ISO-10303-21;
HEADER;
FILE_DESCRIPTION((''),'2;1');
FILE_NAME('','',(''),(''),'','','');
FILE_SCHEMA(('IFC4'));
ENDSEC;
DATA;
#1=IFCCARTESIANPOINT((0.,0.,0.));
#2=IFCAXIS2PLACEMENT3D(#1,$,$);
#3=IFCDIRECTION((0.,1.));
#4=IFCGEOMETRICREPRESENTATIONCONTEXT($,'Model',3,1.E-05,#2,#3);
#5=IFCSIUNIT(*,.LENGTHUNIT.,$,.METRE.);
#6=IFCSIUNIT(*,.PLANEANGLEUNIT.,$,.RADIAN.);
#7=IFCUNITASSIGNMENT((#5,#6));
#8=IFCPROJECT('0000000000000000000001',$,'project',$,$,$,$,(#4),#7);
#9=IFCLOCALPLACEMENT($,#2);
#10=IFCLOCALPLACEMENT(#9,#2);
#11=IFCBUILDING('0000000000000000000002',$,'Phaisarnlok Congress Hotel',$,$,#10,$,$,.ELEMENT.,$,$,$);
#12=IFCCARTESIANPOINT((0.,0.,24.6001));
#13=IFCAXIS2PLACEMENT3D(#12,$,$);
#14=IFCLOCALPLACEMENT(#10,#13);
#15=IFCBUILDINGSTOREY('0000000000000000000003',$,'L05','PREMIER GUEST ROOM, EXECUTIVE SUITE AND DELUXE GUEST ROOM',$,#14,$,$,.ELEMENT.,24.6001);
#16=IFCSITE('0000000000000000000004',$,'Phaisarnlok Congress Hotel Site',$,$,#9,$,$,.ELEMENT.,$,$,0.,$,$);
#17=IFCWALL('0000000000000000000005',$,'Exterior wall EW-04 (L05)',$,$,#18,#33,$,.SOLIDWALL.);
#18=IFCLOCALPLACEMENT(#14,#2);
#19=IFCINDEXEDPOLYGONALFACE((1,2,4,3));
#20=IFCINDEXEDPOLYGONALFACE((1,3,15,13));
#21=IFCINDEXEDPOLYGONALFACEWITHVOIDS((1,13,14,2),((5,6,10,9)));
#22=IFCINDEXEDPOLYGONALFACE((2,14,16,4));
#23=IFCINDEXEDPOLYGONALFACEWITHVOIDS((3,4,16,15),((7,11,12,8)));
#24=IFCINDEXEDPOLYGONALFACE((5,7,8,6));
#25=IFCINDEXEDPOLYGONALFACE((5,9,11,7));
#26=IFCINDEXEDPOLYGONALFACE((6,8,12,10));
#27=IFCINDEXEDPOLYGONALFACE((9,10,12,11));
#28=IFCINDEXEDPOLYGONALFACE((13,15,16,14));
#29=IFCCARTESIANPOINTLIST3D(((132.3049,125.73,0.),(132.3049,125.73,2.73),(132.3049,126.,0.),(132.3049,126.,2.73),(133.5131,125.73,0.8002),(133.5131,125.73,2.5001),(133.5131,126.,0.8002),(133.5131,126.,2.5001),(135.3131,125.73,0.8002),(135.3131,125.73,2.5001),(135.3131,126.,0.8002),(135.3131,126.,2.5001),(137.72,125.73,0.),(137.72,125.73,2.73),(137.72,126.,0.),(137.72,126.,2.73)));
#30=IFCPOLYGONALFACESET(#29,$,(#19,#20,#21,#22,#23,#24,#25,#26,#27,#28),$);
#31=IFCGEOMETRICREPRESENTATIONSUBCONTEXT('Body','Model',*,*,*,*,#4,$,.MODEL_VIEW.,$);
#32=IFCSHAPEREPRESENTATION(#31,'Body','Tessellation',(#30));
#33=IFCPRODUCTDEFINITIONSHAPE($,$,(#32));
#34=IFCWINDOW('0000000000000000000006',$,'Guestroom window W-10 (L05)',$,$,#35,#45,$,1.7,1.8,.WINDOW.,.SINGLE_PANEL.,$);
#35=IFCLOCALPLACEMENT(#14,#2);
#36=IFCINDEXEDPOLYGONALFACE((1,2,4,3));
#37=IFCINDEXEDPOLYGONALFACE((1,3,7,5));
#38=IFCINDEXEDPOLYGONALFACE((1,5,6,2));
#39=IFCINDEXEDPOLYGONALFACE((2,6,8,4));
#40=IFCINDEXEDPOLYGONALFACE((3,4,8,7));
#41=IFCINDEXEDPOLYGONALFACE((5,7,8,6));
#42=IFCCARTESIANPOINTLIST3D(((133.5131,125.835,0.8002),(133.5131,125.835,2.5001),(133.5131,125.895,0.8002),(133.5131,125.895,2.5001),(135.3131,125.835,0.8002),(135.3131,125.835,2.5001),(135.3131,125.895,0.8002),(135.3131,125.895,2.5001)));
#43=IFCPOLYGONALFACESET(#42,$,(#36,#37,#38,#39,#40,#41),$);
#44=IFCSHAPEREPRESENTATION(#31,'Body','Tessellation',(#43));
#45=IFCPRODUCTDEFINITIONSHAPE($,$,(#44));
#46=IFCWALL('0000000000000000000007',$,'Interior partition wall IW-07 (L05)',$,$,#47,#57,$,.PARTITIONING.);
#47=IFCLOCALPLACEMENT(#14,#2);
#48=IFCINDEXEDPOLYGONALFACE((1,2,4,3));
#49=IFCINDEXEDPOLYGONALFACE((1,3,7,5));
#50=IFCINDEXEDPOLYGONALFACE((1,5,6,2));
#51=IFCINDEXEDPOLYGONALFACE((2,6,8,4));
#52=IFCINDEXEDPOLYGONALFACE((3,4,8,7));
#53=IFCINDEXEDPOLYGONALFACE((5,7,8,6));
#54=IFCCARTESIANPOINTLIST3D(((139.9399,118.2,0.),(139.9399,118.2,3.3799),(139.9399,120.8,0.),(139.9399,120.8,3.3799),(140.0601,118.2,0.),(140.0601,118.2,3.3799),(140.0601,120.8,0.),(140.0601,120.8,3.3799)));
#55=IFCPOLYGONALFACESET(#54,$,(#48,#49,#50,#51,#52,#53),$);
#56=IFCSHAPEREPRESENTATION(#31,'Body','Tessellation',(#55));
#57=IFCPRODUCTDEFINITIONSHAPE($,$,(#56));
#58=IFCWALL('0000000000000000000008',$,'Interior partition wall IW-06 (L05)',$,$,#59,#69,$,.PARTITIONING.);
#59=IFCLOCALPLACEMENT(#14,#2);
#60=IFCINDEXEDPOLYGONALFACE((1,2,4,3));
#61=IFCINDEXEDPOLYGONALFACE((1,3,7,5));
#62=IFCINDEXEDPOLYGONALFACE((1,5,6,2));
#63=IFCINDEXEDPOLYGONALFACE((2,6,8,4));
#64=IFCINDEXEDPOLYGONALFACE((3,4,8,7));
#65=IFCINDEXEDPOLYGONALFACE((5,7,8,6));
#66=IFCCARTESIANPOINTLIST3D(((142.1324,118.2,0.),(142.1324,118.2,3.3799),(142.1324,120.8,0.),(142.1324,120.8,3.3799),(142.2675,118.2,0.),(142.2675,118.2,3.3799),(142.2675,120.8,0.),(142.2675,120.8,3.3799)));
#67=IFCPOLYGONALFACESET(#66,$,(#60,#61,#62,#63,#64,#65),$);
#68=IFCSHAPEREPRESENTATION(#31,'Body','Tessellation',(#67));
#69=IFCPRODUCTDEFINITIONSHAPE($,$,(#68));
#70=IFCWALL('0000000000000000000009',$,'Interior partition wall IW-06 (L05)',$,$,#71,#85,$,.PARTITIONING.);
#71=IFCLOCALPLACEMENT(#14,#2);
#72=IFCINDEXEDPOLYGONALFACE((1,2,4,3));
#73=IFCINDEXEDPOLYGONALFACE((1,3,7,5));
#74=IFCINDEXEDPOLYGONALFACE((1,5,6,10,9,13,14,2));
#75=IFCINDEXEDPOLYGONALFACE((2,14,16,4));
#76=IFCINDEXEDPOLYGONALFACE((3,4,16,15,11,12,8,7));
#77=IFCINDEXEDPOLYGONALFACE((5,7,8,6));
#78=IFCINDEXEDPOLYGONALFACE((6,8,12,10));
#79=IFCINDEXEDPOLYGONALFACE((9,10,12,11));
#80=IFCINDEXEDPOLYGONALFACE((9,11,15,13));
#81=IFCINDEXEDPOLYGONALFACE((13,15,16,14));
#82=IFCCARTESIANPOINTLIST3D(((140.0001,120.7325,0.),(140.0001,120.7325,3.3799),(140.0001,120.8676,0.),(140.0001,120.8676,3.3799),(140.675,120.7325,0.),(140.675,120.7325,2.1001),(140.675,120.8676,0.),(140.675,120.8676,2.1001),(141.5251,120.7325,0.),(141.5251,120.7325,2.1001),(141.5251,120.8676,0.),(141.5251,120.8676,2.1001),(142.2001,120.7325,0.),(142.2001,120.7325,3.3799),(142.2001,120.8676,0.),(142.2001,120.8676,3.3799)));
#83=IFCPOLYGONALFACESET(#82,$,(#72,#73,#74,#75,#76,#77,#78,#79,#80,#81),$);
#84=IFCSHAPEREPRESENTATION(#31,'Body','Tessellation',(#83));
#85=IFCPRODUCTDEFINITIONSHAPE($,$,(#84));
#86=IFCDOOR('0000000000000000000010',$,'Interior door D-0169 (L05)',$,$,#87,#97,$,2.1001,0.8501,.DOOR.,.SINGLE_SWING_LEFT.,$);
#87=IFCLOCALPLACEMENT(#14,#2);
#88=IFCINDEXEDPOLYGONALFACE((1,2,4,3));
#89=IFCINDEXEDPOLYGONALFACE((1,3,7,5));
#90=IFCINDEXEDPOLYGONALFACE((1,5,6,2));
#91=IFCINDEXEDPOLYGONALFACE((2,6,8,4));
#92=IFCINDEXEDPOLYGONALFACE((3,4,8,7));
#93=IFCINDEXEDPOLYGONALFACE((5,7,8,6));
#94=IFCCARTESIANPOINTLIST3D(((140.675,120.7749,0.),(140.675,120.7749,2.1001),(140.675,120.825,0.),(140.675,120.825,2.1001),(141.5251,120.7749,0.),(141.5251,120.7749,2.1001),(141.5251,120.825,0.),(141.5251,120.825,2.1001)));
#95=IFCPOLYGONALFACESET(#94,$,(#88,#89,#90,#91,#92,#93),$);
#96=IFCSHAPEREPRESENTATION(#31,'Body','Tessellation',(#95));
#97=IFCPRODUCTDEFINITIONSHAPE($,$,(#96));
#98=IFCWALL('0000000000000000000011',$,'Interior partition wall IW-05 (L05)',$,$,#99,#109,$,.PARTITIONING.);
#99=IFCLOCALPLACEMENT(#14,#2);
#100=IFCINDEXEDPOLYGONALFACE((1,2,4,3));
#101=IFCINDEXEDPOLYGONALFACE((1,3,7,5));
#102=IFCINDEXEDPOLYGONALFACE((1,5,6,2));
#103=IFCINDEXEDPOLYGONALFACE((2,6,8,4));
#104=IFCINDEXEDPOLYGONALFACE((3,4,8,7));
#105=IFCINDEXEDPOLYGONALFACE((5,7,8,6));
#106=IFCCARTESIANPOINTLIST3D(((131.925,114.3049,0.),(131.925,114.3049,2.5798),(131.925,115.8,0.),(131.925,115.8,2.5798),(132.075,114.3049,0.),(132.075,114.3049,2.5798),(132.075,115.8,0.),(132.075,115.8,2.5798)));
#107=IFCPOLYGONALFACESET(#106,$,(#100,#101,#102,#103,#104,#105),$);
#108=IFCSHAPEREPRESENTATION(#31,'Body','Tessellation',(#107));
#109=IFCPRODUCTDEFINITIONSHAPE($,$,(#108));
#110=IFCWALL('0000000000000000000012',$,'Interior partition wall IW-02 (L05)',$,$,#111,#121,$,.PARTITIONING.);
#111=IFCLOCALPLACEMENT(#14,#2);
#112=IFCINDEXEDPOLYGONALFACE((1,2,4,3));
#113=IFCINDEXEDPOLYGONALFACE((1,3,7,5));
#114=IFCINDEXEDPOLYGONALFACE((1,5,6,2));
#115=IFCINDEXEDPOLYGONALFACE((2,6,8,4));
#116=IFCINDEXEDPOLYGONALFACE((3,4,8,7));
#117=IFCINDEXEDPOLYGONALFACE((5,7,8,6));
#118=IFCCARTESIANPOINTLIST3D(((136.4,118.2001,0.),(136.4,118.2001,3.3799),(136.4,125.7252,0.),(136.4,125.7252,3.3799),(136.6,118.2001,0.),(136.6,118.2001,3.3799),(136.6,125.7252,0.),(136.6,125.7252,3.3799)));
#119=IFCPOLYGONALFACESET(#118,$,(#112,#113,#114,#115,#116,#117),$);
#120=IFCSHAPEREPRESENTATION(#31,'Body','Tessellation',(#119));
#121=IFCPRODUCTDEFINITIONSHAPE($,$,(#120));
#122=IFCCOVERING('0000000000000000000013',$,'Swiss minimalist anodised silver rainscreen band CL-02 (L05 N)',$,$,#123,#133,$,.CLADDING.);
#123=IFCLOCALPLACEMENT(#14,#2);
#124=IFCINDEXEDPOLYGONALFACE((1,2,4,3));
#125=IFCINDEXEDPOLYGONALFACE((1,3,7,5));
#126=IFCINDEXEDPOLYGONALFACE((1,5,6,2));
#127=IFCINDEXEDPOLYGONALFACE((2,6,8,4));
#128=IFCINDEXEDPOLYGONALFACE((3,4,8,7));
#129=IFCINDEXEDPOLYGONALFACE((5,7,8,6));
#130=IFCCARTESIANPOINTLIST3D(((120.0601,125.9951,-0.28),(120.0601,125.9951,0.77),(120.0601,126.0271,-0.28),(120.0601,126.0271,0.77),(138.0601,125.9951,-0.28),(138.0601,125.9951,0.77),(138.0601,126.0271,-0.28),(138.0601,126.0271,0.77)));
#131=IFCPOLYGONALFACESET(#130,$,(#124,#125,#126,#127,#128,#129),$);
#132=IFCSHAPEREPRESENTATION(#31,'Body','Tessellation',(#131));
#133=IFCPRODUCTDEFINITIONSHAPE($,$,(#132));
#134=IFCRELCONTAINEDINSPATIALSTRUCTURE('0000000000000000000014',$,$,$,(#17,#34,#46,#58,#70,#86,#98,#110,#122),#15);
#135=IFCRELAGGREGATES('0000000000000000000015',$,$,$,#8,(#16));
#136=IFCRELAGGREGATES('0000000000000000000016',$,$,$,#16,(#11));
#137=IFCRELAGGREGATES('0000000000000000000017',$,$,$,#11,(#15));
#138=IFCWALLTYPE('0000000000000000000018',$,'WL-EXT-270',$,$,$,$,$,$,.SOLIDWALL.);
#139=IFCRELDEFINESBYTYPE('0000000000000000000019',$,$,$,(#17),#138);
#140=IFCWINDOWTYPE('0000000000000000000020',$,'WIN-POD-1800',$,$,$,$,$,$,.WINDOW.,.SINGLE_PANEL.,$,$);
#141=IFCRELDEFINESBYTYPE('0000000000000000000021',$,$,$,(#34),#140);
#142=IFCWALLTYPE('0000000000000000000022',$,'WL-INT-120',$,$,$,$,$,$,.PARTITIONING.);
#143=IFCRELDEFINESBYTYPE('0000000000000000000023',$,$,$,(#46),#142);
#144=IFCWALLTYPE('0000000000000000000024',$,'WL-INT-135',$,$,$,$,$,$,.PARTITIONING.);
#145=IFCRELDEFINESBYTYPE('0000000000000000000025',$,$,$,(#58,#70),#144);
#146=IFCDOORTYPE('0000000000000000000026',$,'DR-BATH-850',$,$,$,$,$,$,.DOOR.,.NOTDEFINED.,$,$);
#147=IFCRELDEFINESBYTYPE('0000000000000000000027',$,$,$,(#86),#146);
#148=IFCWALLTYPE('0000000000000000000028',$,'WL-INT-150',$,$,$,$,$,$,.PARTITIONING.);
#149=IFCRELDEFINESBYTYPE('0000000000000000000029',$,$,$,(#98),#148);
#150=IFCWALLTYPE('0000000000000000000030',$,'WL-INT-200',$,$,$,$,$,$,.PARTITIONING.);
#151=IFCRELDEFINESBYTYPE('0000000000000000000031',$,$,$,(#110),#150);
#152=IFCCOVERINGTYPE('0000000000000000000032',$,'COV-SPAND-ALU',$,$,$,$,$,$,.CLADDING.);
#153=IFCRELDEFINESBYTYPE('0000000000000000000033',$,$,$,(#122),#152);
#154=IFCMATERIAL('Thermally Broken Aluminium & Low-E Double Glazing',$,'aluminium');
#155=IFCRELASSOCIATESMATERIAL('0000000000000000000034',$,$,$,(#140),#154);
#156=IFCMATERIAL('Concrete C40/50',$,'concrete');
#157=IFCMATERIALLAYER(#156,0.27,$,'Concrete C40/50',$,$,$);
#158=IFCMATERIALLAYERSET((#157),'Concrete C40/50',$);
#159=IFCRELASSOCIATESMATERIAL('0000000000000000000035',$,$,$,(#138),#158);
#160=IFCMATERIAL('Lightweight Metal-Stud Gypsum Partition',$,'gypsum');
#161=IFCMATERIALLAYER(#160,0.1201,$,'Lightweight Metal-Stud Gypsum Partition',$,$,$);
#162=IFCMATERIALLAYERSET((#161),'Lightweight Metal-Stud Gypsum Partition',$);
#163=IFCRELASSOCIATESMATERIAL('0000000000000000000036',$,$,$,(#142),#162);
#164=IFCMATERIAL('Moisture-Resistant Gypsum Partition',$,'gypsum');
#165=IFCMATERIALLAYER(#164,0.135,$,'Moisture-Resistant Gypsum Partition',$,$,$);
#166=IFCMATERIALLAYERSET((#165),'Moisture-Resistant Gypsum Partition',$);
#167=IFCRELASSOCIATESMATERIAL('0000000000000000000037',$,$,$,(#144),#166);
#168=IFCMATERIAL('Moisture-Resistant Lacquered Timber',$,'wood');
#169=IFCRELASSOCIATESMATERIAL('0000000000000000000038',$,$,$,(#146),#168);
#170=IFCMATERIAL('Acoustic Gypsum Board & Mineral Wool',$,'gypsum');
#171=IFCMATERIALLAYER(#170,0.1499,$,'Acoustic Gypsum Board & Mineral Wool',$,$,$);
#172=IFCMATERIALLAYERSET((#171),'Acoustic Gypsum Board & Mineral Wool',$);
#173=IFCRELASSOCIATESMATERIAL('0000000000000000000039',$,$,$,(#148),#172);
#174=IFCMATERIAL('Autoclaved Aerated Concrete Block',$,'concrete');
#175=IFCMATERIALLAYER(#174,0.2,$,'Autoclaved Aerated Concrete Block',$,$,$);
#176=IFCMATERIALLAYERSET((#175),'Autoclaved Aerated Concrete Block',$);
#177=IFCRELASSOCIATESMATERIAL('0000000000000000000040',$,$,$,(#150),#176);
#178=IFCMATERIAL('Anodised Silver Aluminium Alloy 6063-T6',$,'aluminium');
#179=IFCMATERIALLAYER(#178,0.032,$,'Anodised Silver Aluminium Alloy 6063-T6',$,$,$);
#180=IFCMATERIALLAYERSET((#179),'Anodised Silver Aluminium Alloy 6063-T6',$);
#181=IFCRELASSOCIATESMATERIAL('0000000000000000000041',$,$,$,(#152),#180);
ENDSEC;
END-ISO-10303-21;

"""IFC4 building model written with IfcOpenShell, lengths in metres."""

from ifc_helpers import new_model, si_unit, direction, frame, frame_2d, origin, place, context, subcontext, project, spatial, polyline, rectangle, outline, extrude, material, layer, layer_set, type_object, element, fill, save


model = new_model("IFC4")

# Units and contexts
model_context = context("Model", 3, precision=1e-05, world=origin(), true_north=direction((0.0, 1.0)))
body_context = subcontext(model_context, "Body", "Model", "MODEL_VIEW")
ifc_project = project(units=[si_unit("LENGTHUNIT", "METRE"), si_unit("PLANEANGLEUNIT", "RADIAN")], contexts=[model_context])

# Site, building, storey
site_placement = place(None, origin())
site = spatial("IfcSite", under=ifc_project, at=site_placement, Name="Phaisarnlok Congress Hotel Site", CompositionType="ELEMENT", RefElevation=0.0)
building_placement = place(site_placement, origin())
building = spatial("IfcBuilding", under=site, at=building_placement, Name="Phaisarnlok Congress Hotel", CompositionType="ELEMENT")
storey_placement = place(building_placement, frame((0.0, 0.0, 24.6001)))
storey = spatial("IfcBuildingStorey", under=building, at=storey_placement, Name="L05", Description="PREMIER GUEST ROOM, EXECUTIVE SUITE AND DELUXE GUEST ROOM", CompositionType="ELEMENT", Elevation=24.6001)

# Shared definitions
ifc_material_1 = material(Name="Concrete C40/50", Category="concrete")

# Wall, opening, window
ifc_material_2 = material(Name="Thermally Broken Aluminium & Low-E Double Glazing", Category="aluminium")
window_type = type_object("IfcWindowType", Name="WIN-POD-1800", PartitioningType="SINGLE_PANEL", PredefinedType="WINDOW", material=ifc_material_2)
ifc_layer_1 = layer(ifc_material_1, 0.27, Name="Concrete C40/50")
ifc_layer_set_1 = layer_set([ifc_layer_1], Name="Concrete C40/50")
wall_type_1 = type_object("IfcWallType", Name="WL-EXT-270", PredefinedType="SOLIDWALL", material=ifc_layer_set_1)
wall_1_placement = place(storey_placement, frame((137.72, 125.865, 0.0), z_axis=(0.0, 0.0, 1.0), x_axis=(-1.0, 0.0, 0.0)))
wall_1 = element("IfcWall", 1, at=wall_1_placement, inside=storey, type_object=wall_type_1, Name="Exterior wall EW-04 (L05)", PredefinedType="SOLIDWALL", context=body_context, shape_type="SweptSolid", body=[
    extrude(rectangle(XDim=5.415, YDim=0.27, at=frame_2d((2.7075, 0.0))), origin(), (0.0, 0.0, 1.0), 2.73),
])
opening_1_placement = place(wall_1_placement, frame((2.407, 0.0, 0.8)))
opening_1 = element("IfcOpeningElement", 2, at=opening_1_placement, cuts=wall_1, PredefinedType="OPENING", context=body_context, shape_type="SweptSolid", body=[
    extrude(rectangle(XDim=1.8, YDim=1.7, at=frame_2d((0.8999, 0.8501))), frame((0.0, 0.145, 0.0), z_axis=(0.0, -1.0, 0.0), x_axis=(1.0, 0.0, 0.0)), (0.0, 0.0, 1.0), 0.29),
])
window_1_placement = place(opening_1_placement, origin())
window_1 = element("IfcWindow", 3, at=window_1_placement, inside=storey, type_object=window_type, Name="Guestroom window W-10 (L05)", OverallHeight=1.7, OverallWidth=1.8, PartitioningType="SINGLE_PANEL", PredefinedType="WINDOW", context=body_context, shape_type="SweptSolid", body=[
    extrude(rectangle(XDim=1.8, YDim=1.7, at=frame_2d((0.8999, 0.8501))), frame((0.0, 0.03, 0.0), z_axis=(0.0, -1.0, 0.0), x_axis=(1.0, 0.0, 0.0)), (0.0, 0.0, 1.0), 0.0601),
])
fill(opening_1, window_1)

# Walls
ifc_material_3 = material(Name="Lightweight Metal-Stud Gypsum Partition", Category="gypsum")
ifc_layer_2 = layer(ifc_material_3, 0.1201, Name="Lightweight Metal-Stud Gypsum Partition")
ifc_layer_set_2 = layer_set([ifc_layer_2], Name="Lightweight Metal-Stud Gypsum Partition")
wall_type_2 = type_object("IfcWallType", Name="WL-INT-120", PredefinedType="PARTITIONING", material=ifc_layer_set_2)
wall_2_placement = place(storey_placement, frame((140.0, 118.2, 0.0), z_axis=(0.0, 0.0, 1.0), x_axis=(0.0, 1.0, 0.0)))
element("IfcWall", 4, at=wall_2_placement, inside=storey, type_object=wall_type_2, Name="Interior partition wall IW-07 (L05)", PredefinedType="PARTITIONING", context=body_context, shape_type="SweptSolid", body=[
    extrude(rectangle(XDim=2.6001, YDim=0.1201, at=frame_2d((1.3, 0.0))), origin(), (0.0, 0.0, 1.0), 3.3799),
])
ifc_material_4 = material(Name="Moisture-Resistant Gypsum Partition", Category="gypsum")
ifc_layer_3 = layer(ifc_material_4, 0.135, Name="Moisture-Resistant Gypsum Partition")
ifc_layer_set_3 = layer_set([ifc_layer_3], Name="Moisture-Resistant Gypsum Partition")
wall_type_3 = type_object("IfcWallType", Name="WL-INT-135", PredefinedType="PARTITIONING", material=ifc_layer_set_3)
wall_3_placement = place(storey_placement, frame((142.2, 118.2, 0.0), z_axis=(0.0, 0.0, 1.0), x_axis=(0.0, 1.0, 0.0)))
element("IfcWall", 5, at=wall_3_placement, inside=storey, type_object=wall_type_3, Name="Interior partition wall IW-06 (L05)", PredefinedType="PARTITIONING", context=body_context, shape_type="SweptSolid", body=[
    extrude(rectangle(XDim=2.6001, YDim=0.135, at=frame_2d((1.3, 0.0))), origin(), (0.0, 0.0, 1.0), 3.3799),
])

# Wall, opening, door
wall_4_placement = place(storey_placement, frame((140.0, 120.8, 0.0), z_axis=(0.0, 0.0, 1.0), x_axis=(1.0, 0.0, 0.0)))
wall_4 = element("IfcWall", 6, at=wall_4_placement, inside=storey, type_object=wall_type_3, Name="Interior partition wall IW-06 (L05)", PredefinedType="PARTITIONING", context=body_context, shape_type="SweptSolid", body=[
    extrude(rectangle(XDim=2.2, YDim=0.135, at=frame_2d((1.1001, 0.0))), origin(), (0.0, 0.0, 1.0), 3.3799),
])
opening_2_placement = place(wall_4_placement, frame((0.675, 0.0, 0.0)))
opening_2 = element("IfcOpeningElement", 7, at=opening_2_placement, cuts=wall_4, PredefinedType="OPENING", context=body_context, shape_type="SweptSolid", body=[
    extrude(rectangle(XDim=0.8501, YDim=2.1001, at=frame_2d((0.425, 1.05))), frame((0.0, 0.0776, 0.0), z_axis=(0.0, -1.0, 0.0), x_axis=(1.0, 0.0, 0.0)), (0.0, 0.0, 1.0), 0.155),
])
ifc_material_5 = material(Name="Moisture-Resistant Lacquered Timber", Category="wood")
door_type = type_object("IfcDoorType", Name="DR-BATH-850", OperationType="NOTDEFINED", PredefinedType="DOOR", material=ifc_material_5)
door_placement = place(opening_2_placement, origin())
door = element("IfcDoor", 8, at=door_placement, inside=storey, type_object=door_type, Name="Interior door D-0169 (L05)", OperationType="SINGLE_SWING_LEFT", OverallHeight=2.1001, OverallWidth=0.8501, PredefinedType="DOOR", context=body_context, shape_type="SweptSolid", body=[
    extrude(rectangle(XDim=0.8501, YDim=2.1001, at=frame_2d((0.425, 1.05))), frame((0.0, 0.0249, 0.0), z_axis=(0.0, -1.0, 0.0), x_axis=(1.0, 0.0, 0.0)), (0.0, 0.0, 1.0), 0.05),
])
fill(opening_2, door)

# Walls
ifc_material_6 = material(Name="Acoustic Gypsum Board & Mineral Wool", Category="gypsum")
ifc_layer_4 = layer(ifc_material_6, 0.1499, Name="Acoustic Gypsum Board & Mineral Wool")
ifc_layer_set_4 = layer_set([ifc_layer_4], Name="Acoustic Gypsum Board & Mineral Wool")
wall_type_4 = type_object("IfcWallType", Name="WL-INT-150", PredefinedType="PARTITIONING", material=ifc_layer_set_4)
wall_5_placement = place(storey_placement, frame((132.0, 114.3049, 0.0), z_axis=(0.0, 0.0, 1.0), x_axis=(0.0, 1.0, 0.0)))
element("IfcWall", 9, at=wall_5_placement, inside=storey, type_object=wall_type_4, Name="Interior partition wall IW-05 (L05)", PredefinedType="PARTITIONING", context=body_context, shape_type="SweptSolid", body=[
    extrude(rectangle(XDim=1.4951, YDim=0.1499, at=frame_2d((0.7476, 0.0))), origin(), (0.0, 0.0, 1.0), 2.5798),
])
ifc_material_7 = material(Name="Autoclaved Aerated Concrete Block", Category="concrete")
ifc_layer_5 = layer(ifc_material_7, 0.2, Name="Autoclaved Aerated Concrete Block")
ifc_layer_set_5 = layer_set([ifc_layer_5], Name="Autoclaved Aerated Concrete Block")
wall_type_5 = type_object("IfcWallType", Name="WL-INT-200", PredefinedType="PARTITIONING", material=ifc_layer_set_5)
wall_6_placement = place(storey_placement, frame((136.5, 118.2, 0.0), z_axis=(0.0, 0.0, 1.0), x_axis=(0.0, 1.0, 0.0)))
element("IfcWall", 10, at=wall_6_placement, inside=storey, type_object=wall_type_5, Name="Interior partition wall IW-02 (L05)", PredefinedType="PARTITIONING", context=body_context, shape_type="SweptSolid", body=[
    extrude(rectangle(XDim=7.5251, YDim=0.2, at=frame_2d((3.7627, 0.0))), origin(), (0.0, 0.0, 1.0), 3.3799),
])

# Covering
ifc_material_8 = material(Name="Anodised Silver Aluminium Alloy 6063-T6", Category="aluminium")
ifc_layer_6 = layer(ifc_material_8, 0.032, Name="Anodised Silver Aluminium Alloy 6063-T6")
ifc_layer_set_6 = layer_set([ifc_layer_6], Name="Anodised Silver Aluminium Alloy 6063-T6")
covering_type = type_object("IfcCoveringType", Name="COV-SPAND-ALU", PredefinedType="CLADDING", material=ifc_layer_set_6)
covering_placement = place(storey_placement, frame((138.0601, 125.9951, -0.28), z_axis=(0.0, 1.0, 0.0), x_axis=(-1.0, 0.0, 0.0)))
element("IfcCovering", 11, at=covering_placement, inside=storey, type_object=covering_type, Name="Swiss minimalist anodised silver rainscreen band CL-02 (L05 N)", PredefinedType="CLADDING", context=body_context, shape_type="SweptSolid", body=[
    extrude(outline(polyline([(0.0, 0.0), (18.0, 0.0), (18.0, 1.05), (0.0, 1.05), (0.0, 0.0)])), origin(), (0.0, 0.0, 1.0), 0.032),
])

save(model, "model.ifc")
